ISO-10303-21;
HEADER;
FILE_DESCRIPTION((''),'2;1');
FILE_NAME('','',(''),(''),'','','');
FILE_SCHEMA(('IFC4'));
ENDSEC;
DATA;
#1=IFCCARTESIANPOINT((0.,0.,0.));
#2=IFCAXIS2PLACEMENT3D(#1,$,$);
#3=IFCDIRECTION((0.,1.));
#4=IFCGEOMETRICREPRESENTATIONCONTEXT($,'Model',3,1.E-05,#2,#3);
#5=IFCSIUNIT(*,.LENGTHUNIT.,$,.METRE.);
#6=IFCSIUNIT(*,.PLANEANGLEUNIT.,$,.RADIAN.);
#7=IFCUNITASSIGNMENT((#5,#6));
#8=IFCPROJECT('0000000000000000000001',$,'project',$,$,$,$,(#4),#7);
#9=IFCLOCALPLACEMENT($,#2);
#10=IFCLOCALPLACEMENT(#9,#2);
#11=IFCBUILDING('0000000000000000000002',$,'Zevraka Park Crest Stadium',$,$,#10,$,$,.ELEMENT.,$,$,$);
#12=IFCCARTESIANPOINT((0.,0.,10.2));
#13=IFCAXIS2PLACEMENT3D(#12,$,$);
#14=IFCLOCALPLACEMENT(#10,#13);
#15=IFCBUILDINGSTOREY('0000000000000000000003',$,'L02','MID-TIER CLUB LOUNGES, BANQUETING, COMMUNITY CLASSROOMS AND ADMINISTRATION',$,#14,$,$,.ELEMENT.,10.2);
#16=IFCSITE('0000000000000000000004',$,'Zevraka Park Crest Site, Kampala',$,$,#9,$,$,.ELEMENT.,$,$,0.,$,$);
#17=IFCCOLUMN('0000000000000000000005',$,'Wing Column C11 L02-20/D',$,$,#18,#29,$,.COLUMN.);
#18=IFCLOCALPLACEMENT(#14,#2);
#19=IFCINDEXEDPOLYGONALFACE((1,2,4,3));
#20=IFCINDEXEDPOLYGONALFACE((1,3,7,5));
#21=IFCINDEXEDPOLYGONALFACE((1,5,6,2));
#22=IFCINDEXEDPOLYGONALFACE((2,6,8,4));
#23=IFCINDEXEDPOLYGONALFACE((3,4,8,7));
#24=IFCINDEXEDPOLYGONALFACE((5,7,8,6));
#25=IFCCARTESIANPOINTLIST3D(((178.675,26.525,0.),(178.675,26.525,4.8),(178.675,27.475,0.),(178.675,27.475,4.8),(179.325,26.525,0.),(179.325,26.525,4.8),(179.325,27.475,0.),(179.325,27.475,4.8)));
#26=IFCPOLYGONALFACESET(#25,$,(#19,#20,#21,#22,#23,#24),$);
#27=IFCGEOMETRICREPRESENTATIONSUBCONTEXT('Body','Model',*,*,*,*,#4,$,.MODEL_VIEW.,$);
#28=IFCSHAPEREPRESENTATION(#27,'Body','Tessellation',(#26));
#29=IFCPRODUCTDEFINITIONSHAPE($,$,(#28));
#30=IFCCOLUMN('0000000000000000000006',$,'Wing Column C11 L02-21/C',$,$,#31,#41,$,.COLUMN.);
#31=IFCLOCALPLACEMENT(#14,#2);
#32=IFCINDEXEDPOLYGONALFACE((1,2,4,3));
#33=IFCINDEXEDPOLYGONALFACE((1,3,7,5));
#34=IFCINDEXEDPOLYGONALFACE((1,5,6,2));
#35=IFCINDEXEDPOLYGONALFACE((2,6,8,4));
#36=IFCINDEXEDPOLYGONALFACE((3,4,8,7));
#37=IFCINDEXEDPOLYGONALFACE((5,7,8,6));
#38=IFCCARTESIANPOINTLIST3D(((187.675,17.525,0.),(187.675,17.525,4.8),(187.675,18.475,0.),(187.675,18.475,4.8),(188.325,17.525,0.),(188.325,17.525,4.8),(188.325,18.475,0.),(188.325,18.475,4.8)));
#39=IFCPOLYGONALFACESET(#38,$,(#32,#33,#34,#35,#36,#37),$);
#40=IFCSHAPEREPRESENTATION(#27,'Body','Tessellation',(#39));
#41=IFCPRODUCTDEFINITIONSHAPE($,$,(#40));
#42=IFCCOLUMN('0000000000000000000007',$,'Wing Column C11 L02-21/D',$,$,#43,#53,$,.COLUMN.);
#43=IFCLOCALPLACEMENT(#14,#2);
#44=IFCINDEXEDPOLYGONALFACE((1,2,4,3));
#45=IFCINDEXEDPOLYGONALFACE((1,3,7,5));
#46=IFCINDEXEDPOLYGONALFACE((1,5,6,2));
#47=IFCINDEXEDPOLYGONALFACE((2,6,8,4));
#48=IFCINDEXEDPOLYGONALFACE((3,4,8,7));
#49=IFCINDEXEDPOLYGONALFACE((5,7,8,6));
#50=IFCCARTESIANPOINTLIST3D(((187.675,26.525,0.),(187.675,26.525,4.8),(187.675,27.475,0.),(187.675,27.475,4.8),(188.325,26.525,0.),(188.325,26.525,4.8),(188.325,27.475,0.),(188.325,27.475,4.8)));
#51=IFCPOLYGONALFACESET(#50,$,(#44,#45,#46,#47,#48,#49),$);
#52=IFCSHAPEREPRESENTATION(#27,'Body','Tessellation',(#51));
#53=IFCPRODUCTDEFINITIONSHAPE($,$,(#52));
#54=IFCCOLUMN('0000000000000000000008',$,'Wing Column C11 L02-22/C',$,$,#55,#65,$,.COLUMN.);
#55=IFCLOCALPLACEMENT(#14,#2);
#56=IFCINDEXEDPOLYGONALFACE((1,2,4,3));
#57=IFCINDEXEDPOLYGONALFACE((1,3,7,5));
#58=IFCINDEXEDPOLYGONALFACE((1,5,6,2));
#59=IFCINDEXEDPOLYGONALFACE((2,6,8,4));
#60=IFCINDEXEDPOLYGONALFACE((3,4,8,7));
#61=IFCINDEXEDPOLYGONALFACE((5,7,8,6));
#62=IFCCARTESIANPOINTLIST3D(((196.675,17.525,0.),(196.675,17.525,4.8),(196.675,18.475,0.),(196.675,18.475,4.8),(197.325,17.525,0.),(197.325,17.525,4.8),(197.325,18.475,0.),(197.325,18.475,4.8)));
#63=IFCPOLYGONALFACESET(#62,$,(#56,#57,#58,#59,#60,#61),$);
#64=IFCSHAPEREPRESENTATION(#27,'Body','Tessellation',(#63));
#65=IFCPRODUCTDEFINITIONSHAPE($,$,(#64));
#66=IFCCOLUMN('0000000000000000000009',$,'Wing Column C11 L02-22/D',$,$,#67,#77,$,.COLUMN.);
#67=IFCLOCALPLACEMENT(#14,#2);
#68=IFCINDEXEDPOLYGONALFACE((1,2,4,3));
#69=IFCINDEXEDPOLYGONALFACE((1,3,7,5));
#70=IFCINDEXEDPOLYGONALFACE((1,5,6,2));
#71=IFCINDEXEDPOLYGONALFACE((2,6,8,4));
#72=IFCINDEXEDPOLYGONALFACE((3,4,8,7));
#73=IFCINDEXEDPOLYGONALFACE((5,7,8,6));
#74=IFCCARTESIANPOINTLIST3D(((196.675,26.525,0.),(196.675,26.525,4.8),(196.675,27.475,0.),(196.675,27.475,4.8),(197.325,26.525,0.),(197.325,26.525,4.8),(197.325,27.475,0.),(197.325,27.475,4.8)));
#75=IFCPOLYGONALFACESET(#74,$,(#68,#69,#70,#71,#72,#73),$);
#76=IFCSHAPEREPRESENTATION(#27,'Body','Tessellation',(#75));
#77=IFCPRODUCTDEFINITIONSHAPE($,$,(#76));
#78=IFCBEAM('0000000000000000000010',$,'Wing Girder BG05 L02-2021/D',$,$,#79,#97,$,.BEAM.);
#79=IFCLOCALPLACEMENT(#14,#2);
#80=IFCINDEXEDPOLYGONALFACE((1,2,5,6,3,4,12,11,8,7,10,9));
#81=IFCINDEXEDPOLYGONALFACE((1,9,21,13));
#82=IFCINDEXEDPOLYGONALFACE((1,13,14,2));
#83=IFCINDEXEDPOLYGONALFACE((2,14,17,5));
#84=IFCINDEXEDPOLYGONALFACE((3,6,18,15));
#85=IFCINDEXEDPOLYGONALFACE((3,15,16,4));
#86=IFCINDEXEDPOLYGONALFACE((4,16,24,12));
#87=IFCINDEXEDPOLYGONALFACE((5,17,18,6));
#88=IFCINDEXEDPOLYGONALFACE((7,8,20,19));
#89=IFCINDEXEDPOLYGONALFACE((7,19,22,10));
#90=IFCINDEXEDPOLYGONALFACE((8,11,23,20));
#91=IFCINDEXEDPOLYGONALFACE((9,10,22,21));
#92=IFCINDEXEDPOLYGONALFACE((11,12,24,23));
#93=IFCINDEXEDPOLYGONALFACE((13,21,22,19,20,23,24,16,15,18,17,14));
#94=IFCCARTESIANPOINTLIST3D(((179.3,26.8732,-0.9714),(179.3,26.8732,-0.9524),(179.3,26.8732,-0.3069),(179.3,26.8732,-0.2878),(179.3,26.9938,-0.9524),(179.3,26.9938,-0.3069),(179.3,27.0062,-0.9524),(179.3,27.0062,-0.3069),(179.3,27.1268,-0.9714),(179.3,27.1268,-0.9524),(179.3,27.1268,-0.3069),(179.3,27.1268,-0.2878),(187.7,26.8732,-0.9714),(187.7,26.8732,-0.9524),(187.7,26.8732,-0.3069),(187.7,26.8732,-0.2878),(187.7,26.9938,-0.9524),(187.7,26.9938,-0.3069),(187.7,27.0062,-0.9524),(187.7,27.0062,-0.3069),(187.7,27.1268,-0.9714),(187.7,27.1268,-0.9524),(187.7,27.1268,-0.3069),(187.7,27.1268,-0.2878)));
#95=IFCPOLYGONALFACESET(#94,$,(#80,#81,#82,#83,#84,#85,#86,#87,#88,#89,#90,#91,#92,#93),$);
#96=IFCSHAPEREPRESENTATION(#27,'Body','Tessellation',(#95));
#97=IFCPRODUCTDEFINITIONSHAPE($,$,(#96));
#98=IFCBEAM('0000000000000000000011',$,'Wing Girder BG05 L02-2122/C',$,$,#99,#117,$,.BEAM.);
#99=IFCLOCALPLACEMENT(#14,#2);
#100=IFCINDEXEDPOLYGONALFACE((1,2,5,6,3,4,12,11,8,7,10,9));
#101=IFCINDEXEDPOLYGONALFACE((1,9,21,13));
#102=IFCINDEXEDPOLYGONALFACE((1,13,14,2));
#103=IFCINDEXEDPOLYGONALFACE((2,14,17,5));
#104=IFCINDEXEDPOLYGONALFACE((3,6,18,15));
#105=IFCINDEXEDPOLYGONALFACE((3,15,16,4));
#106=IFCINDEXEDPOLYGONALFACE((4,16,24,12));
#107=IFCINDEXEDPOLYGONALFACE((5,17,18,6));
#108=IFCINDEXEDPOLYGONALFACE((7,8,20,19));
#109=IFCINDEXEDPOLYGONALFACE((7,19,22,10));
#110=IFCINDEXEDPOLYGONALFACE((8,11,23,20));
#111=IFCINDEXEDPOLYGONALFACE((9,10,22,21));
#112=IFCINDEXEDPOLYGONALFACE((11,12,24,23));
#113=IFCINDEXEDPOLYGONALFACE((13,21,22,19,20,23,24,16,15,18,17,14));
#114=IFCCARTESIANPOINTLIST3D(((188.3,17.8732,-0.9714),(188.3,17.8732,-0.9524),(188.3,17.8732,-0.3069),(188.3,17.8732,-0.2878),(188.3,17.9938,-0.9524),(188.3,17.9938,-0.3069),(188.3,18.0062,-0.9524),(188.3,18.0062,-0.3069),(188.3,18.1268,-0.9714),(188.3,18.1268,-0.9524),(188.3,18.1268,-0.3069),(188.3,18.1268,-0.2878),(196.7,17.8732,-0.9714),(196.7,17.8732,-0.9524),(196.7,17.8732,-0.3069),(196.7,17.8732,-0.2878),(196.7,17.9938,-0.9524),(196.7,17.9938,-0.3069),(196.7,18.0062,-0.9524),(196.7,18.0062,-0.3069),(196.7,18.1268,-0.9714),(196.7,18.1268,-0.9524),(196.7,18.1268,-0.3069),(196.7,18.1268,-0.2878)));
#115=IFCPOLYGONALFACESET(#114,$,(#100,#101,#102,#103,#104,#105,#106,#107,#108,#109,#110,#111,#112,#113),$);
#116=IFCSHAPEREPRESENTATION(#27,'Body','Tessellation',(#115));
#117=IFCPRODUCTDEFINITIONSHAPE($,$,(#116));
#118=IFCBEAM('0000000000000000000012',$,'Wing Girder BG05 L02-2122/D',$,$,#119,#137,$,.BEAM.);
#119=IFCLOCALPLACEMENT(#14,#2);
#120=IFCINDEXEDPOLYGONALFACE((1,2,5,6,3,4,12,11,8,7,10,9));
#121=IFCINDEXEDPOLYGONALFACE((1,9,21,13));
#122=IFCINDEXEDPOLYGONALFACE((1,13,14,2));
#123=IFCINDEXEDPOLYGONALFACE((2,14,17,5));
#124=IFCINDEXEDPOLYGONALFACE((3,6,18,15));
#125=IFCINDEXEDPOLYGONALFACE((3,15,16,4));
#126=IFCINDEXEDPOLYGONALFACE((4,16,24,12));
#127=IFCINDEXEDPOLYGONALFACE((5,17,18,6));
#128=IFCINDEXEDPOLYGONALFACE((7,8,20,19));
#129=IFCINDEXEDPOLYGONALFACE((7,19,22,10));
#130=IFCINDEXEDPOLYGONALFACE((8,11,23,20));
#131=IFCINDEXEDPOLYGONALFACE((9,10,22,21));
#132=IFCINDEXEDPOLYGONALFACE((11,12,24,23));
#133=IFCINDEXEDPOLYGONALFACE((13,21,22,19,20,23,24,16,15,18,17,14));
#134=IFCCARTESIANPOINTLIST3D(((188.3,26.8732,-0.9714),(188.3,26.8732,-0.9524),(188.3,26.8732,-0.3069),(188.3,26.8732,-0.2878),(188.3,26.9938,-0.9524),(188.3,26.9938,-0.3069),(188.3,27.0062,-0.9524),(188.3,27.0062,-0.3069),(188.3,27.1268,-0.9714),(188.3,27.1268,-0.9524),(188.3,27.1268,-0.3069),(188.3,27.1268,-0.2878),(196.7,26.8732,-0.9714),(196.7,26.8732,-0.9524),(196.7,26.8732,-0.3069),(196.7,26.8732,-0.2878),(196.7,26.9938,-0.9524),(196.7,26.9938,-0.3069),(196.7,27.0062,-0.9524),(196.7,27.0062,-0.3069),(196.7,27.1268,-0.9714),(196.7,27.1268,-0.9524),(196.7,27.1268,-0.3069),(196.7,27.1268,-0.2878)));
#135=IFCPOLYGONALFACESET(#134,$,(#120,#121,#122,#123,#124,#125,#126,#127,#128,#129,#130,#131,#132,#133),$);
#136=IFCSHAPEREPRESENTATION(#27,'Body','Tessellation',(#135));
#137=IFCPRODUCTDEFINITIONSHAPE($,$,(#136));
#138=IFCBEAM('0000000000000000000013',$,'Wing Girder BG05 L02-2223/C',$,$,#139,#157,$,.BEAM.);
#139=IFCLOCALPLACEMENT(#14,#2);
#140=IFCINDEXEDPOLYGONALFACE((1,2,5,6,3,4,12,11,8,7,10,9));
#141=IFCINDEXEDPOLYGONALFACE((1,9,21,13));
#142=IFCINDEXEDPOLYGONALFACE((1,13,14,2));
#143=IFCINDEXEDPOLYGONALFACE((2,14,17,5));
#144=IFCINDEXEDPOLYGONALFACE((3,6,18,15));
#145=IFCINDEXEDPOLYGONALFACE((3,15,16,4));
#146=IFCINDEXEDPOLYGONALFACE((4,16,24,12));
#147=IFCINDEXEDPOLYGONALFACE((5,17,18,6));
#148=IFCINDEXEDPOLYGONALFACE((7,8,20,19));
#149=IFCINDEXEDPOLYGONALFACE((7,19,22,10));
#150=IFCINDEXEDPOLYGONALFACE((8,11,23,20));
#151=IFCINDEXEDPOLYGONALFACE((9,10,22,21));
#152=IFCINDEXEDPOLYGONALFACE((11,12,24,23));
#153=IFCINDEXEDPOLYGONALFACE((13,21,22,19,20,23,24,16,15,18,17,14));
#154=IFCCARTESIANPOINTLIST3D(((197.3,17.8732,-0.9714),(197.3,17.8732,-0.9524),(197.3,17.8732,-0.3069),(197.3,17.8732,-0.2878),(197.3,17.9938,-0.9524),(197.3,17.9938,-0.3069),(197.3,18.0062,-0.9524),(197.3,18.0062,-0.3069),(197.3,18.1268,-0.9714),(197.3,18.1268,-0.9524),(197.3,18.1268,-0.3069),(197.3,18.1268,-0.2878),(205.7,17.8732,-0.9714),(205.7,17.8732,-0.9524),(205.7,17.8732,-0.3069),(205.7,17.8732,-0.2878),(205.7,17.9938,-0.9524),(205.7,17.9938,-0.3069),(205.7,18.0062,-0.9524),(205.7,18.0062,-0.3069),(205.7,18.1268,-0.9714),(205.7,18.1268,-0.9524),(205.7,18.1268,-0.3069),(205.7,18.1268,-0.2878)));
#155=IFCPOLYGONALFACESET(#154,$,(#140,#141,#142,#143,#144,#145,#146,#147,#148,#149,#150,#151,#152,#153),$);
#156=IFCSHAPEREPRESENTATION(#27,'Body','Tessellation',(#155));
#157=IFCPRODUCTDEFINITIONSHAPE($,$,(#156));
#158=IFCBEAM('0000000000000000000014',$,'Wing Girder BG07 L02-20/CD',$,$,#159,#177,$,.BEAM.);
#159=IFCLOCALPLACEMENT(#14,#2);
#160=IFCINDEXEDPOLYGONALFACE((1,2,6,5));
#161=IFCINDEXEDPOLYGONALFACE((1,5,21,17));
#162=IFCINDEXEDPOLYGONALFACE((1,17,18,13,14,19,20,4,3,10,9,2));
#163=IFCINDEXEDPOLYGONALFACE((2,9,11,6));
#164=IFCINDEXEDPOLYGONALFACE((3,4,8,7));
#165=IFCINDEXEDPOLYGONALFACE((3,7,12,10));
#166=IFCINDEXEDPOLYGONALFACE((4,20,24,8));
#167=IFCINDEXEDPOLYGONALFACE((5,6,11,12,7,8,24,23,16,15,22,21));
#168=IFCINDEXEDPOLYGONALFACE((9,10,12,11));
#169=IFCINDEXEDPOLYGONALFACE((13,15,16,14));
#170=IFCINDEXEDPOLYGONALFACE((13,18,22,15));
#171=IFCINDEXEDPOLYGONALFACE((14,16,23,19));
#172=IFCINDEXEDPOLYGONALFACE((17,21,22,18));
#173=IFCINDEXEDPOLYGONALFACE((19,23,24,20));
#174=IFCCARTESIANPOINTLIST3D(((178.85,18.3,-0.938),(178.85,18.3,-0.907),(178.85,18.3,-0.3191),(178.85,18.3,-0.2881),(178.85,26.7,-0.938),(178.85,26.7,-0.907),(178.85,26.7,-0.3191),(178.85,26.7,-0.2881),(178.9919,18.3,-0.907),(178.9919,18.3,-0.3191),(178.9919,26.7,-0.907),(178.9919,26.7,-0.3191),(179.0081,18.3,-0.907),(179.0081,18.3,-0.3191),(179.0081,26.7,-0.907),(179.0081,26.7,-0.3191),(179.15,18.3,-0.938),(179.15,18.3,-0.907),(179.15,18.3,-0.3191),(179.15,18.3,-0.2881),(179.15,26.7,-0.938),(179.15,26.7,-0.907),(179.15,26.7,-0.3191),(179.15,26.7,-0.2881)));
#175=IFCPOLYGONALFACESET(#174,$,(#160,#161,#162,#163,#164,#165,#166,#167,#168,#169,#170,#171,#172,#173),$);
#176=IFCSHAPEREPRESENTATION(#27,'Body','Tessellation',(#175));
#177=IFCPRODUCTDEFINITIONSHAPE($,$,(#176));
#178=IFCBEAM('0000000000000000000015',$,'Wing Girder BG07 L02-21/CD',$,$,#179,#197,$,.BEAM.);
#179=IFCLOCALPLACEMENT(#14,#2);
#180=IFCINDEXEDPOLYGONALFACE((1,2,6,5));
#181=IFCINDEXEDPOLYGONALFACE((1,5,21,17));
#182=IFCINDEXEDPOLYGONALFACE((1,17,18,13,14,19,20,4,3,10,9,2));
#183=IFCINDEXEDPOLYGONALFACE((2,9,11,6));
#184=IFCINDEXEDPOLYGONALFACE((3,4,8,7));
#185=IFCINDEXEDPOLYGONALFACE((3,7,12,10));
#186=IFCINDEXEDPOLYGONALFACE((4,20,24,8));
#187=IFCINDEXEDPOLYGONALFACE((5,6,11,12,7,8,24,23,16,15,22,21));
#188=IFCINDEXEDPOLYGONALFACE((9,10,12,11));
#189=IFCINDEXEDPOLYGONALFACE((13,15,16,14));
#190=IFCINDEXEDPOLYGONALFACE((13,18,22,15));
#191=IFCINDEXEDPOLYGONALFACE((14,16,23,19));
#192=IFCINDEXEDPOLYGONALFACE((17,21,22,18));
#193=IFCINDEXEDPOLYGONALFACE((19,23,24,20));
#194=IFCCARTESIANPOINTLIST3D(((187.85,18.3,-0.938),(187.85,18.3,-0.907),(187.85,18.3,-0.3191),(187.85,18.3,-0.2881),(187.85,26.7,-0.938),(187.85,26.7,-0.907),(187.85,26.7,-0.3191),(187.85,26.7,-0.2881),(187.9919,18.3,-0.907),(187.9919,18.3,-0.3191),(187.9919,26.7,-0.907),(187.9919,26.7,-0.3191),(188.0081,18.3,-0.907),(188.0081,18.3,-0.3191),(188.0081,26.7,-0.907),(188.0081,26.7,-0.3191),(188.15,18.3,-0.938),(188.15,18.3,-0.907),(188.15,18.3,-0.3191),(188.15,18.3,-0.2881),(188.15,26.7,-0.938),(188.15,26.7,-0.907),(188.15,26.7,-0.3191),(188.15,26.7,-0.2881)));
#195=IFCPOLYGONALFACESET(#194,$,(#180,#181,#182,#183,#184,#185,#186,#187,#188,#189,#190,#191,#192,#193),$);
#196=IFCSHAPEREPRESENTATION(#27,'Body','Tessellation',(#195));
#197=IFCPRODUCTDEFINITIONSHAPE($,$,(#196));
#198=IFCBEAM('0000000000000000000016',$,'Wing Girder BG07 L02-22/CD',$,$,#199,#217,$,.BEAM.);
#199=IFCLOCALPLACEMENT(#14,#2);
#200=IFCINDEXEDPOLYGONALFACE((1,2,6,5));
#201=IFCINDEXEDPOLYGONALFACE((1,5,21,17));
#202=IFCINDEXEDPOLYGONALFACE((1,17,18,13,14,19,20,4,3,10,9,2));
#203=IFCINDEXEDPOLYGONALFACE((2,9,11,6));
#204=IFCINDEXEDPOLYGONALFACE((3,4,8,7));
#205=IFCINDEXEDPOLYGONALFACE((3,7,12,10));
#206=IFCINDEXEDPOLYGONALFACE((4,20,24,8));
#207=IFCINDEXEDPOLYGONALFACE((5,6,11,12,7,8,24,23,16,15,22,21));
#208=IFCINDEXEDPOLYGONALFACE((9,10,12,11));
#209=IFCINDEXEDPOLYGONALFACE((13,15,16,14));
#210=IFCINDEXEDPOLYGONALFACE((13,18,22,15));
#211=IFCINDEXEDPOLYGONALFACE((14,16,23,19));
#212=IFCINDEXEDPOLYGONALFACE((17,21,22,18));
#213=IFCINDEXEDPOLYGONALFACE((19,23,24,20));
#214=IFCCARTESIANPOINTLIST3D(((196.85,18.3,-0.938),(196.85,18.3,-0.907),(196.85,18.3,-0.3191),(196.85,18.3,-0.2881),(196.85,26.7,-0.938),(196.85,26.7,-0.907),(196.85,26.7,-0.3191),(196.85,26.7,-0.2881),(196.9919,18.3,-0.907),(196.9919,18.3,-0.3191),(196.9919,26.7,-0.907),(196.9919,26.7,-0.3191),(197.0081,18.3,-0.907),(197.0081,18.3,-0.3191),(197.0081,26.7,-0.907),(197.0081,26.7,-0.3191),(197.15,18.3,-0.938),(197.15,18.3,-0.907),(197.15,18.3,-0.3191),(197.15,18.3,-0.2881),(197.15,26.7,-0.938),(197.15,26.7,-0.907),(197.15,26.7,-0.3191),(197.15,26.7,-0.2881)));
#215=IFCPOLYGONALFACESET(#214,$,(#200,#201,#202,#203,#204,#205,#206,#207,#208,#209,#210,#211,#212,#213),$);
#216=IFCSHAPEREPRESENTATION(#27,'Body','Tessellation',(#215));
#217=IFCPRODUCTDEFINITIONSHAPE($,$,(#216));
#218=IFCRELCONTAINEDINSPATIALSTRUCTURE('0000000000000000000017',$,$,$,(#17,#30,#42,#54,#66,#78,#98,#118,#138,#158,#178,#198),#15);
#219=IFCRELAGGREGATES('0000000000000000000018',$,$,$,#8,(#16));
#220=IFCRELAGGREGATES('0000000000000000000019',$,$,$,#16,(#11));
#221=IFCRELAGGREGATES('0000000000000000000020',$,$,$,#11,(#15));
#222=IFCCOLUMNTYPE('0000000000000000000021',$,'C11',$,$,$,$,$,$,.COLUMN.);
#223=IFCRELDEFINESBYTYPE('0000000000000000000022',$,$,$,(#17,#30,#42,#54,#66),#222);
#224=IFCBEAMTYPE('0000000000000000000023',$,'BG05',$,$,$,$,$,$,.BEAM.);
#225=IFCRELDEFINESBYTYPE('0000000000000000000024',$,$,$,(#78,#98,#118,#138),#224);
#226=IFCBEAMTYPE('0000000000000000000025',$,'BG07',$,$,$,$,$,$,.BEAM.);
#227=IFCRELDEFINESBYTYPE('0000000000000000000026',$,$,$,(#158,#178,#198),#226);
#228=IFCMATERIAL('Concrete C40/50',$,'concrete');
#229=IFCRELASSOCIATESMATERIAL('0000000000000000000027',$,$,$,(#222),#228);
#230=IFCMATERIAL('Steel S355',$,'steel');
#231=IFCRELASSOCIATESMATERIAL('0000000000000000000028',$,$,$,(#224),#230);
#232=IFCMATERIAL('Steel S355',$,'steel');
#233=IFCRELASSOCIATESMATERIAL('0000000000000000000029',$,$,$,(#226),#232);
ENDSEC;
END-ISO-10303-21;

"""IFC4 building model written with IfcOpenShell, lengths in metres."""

from ifc_helpers import new_model, si_unit, direction, frame, origin, origin_2d, place, context, subcontext, project, spatial, rectangle, i_section, extrude, material, material_profile, profile_set, type_object, element, save


model = new_model("IFC4")

# Units and contexts
model_context = context("Model", 3, precision=1e-05, world=origin(), true_north=direction((0.0, 1.0)))
body_context = subcontext(model_context, "Body", "Model", "MODEL_VIEW")
ifc_project = project(units=[si_unit("LENGTHUNIT", "METRE"), si_unit("PLANEANGLEUNIT", "RADIAN")], contexts=[model_context])

# Site, building, storey
site_placement = place(None, origin())
site = spatial("IfcSite", under=ifc_project, at=site_placement, Name="Zevraka Park Crest Site, Kampala", CompositionType="ELEMENT", RefElevation=0.0)
building_placement = place(site_placement, origin())
building = spatial("IfcBuilding", under=site, at=building_placement, Name="Zevraka Park Crest Stadium", CompositionType="ELEMENT")
storey_placement = place(building_placement, frame((0.0, 0.0, 10.2)))
storey = spatial("IfcBuildingStorey", under=building, at=storey_placement, Name="L02", Description="MID-TIER CLUB LOUNGES, BANQUETING, COMMUNITY CLASSROOMS AND ADMINISTRATION", CompositionType="ELEMENT", Elevation=10.2)

# Columns
ifc_material_1 = material(Name="Concrete C40/50", Category="concrete")
ifc_material_profile_1 = material_profile(ifc_material_1, rectangle(XDim=0.6499, YDim=0.95, at=origin_2d()), Name="RC 950x650")
ifc_profile_set_1 = profile_set([ifc_material_profile_1], Name="Concrete C40/50")
column_type = type_object("IfcColumnType", Name="C11", PredefinedType="COLUMN", material=ifc_profile_set_1)
for number, where, z_axis, x_axis, name in (
    (1, (179.0, 27.0, 0.0), (0.0, 0.0, 1.0), (1.0, 0.0, 0.0), "Wing Column C11 L02-20/D"),
    (2, (188.0, 18.0, 0.0), (0.0, 0.0, 1.0), (1.0, 0.0, 0.0), "Wing Column C11 L02-21/C"),
    (3, (188.0, 27.0, 0.0), (0.0, 0.0, 1.0), (1.0, 0.0, 0.0), "Wing Column C11 L02-21/D"),
    (4, (197.0, 18.0, 0.0), (0.0, 0.0, 1.0), (1.0, 0.0, 0.0), "Wing Column C11 L02-22/C"),
    (5, (197.0, 27.0, 0.0), (0.0, 0.0, 1.0), (1.0, 0.0, 0.0), "Wing Column C11 L02-22/D"),
):
    element("IfcColumn", number, at=place(storey_placement, frame(where, z_axis=z_axis, x_axis=x_axis)), inside=storey, type_object=column_type, Name=name, PredefinedType="COLUMN", context=body_context, shape_type="SweptSolid", body=[
        extrude(rectangle(XDim=0.6499, YDim=0.95, at=origin_2d()), origin(), (0.0, 0.0, 1.0), 4.8),
    ])

# Beams
ifc_material_2 = material(Name="Steel S355", Category="steel")
ifc_material_profile_2 = material_profile(ifc_material_2, i_section(OverallWidth=0.2537, OverallDepth=0.6836, WebThickness=0.0125, FlangeThickness=0.019, at=origin_2d()), Name="UKB 686x254x140")
ifc_profile_set_2 = profile_set([ifc_material_profile_2], Name="Steel S355")
beam_type_1 = type_object("IfcBeamType", Name="BG05", PredefinedType="BEAM", material=ifc_profile_set_2)
for number, where, z_axis, x_axis, name in (
    (6, (179.3, 27.0, -0.6296), (1.0, 0.0, 0.0), (0.0, 1.0, 0.0), "Wing Girder BG05 L02-2021/D"),
    (7, (188.3, 18.0, -0.6296), (1.0, 0.0, 0.0), (0.0, 1.0, 0.0), "Wing Girder BG05 L02-2122/C"),
    (8, (188.3, 27.0, -0.6296), (1.0, 0.0, 0.0), (0.0, 1.0, 0.0), "Wing Girder BG05 L02-2122/D"),
    (9, (197.3, 18.0, -0.6296), (1.0, 0.0, 0.0), (0.0, 1.0, 0.0), "Wing Girder BG05 L02-2223/C"),
):
    element("IfcBeam", number, at=place(storey_placement, frame(where, z_axis=z_axis, x_axis=x_axis)), inside=storey, type_object=beam_type_1, Name=name, PredefinedType="BEAM", context=body_context, shape_type="SweptSolid", body=[
        extrude(i_section(OverallWidth=0.2537, OverallDepth=0.6836, WebThickness=0.0125, FlangeThickness=0.019, at=origin_2d()), origin(), (0.0, 0.0, 1.0), 8.3999),
    ])
ifc_material_3 = material(Name="Steel S355", Category="steel")
ifc_material_profile_3 = material_profile(ifc_material_3, i_section(OverallWidth=0.3, OverallDepth=0.6499, WebThickness=0.0161, FlangeThickness=0.031, at=origin_2d()), Name="HEB 650")
ifc_profile_set_3 = profile_set([ifc_material_profile_3], Name="Steel S355")
beam_type_2 = type_object("IfcBeamType", Name="BG07", PredefinedType="BEAM", material=ifc_profile_set_3)
for number, where, z_axis, x_axis, name in (
    (10, (179.0, 18.3, -0.613), (0.0, 1.0, 0.0), (-1.0, 0.0, 0.0), "Wing Girder BG07 L02-20/CD"),
    (11, (188.0, 18.3, -0.613), (0.0, 1.0, 0.0), (-1.0, 0.0, 0.0), "Wing Girder BG07 L02-21/CD"),
    (12, (197.0, 18.3, -0.613), (0.0, 1.0, 0.0), (-1.0, 0.0, 0.0), "Wing Girder BG07 L02-22/CD"),
):
    element("IfcBeam", number, at=place(storey_placement, frame(where, z_axis=z_axis, x_axis=x_axis)), inside=storey, type_object=beam_type_2, Name=name, PredefinedType="BEAM", context=body_context, shape_type="SweptSolid", body=[
        extrude(i_section(OverallWidth=0.3, OverallDepth=0.6499, WebThickness=0.0161, FlangeThickness=0.031, at=origin_2d()), origin(), (0.0, 0.0, 1.0), 8.3999),
    ])

save(model, "model.ifc")
